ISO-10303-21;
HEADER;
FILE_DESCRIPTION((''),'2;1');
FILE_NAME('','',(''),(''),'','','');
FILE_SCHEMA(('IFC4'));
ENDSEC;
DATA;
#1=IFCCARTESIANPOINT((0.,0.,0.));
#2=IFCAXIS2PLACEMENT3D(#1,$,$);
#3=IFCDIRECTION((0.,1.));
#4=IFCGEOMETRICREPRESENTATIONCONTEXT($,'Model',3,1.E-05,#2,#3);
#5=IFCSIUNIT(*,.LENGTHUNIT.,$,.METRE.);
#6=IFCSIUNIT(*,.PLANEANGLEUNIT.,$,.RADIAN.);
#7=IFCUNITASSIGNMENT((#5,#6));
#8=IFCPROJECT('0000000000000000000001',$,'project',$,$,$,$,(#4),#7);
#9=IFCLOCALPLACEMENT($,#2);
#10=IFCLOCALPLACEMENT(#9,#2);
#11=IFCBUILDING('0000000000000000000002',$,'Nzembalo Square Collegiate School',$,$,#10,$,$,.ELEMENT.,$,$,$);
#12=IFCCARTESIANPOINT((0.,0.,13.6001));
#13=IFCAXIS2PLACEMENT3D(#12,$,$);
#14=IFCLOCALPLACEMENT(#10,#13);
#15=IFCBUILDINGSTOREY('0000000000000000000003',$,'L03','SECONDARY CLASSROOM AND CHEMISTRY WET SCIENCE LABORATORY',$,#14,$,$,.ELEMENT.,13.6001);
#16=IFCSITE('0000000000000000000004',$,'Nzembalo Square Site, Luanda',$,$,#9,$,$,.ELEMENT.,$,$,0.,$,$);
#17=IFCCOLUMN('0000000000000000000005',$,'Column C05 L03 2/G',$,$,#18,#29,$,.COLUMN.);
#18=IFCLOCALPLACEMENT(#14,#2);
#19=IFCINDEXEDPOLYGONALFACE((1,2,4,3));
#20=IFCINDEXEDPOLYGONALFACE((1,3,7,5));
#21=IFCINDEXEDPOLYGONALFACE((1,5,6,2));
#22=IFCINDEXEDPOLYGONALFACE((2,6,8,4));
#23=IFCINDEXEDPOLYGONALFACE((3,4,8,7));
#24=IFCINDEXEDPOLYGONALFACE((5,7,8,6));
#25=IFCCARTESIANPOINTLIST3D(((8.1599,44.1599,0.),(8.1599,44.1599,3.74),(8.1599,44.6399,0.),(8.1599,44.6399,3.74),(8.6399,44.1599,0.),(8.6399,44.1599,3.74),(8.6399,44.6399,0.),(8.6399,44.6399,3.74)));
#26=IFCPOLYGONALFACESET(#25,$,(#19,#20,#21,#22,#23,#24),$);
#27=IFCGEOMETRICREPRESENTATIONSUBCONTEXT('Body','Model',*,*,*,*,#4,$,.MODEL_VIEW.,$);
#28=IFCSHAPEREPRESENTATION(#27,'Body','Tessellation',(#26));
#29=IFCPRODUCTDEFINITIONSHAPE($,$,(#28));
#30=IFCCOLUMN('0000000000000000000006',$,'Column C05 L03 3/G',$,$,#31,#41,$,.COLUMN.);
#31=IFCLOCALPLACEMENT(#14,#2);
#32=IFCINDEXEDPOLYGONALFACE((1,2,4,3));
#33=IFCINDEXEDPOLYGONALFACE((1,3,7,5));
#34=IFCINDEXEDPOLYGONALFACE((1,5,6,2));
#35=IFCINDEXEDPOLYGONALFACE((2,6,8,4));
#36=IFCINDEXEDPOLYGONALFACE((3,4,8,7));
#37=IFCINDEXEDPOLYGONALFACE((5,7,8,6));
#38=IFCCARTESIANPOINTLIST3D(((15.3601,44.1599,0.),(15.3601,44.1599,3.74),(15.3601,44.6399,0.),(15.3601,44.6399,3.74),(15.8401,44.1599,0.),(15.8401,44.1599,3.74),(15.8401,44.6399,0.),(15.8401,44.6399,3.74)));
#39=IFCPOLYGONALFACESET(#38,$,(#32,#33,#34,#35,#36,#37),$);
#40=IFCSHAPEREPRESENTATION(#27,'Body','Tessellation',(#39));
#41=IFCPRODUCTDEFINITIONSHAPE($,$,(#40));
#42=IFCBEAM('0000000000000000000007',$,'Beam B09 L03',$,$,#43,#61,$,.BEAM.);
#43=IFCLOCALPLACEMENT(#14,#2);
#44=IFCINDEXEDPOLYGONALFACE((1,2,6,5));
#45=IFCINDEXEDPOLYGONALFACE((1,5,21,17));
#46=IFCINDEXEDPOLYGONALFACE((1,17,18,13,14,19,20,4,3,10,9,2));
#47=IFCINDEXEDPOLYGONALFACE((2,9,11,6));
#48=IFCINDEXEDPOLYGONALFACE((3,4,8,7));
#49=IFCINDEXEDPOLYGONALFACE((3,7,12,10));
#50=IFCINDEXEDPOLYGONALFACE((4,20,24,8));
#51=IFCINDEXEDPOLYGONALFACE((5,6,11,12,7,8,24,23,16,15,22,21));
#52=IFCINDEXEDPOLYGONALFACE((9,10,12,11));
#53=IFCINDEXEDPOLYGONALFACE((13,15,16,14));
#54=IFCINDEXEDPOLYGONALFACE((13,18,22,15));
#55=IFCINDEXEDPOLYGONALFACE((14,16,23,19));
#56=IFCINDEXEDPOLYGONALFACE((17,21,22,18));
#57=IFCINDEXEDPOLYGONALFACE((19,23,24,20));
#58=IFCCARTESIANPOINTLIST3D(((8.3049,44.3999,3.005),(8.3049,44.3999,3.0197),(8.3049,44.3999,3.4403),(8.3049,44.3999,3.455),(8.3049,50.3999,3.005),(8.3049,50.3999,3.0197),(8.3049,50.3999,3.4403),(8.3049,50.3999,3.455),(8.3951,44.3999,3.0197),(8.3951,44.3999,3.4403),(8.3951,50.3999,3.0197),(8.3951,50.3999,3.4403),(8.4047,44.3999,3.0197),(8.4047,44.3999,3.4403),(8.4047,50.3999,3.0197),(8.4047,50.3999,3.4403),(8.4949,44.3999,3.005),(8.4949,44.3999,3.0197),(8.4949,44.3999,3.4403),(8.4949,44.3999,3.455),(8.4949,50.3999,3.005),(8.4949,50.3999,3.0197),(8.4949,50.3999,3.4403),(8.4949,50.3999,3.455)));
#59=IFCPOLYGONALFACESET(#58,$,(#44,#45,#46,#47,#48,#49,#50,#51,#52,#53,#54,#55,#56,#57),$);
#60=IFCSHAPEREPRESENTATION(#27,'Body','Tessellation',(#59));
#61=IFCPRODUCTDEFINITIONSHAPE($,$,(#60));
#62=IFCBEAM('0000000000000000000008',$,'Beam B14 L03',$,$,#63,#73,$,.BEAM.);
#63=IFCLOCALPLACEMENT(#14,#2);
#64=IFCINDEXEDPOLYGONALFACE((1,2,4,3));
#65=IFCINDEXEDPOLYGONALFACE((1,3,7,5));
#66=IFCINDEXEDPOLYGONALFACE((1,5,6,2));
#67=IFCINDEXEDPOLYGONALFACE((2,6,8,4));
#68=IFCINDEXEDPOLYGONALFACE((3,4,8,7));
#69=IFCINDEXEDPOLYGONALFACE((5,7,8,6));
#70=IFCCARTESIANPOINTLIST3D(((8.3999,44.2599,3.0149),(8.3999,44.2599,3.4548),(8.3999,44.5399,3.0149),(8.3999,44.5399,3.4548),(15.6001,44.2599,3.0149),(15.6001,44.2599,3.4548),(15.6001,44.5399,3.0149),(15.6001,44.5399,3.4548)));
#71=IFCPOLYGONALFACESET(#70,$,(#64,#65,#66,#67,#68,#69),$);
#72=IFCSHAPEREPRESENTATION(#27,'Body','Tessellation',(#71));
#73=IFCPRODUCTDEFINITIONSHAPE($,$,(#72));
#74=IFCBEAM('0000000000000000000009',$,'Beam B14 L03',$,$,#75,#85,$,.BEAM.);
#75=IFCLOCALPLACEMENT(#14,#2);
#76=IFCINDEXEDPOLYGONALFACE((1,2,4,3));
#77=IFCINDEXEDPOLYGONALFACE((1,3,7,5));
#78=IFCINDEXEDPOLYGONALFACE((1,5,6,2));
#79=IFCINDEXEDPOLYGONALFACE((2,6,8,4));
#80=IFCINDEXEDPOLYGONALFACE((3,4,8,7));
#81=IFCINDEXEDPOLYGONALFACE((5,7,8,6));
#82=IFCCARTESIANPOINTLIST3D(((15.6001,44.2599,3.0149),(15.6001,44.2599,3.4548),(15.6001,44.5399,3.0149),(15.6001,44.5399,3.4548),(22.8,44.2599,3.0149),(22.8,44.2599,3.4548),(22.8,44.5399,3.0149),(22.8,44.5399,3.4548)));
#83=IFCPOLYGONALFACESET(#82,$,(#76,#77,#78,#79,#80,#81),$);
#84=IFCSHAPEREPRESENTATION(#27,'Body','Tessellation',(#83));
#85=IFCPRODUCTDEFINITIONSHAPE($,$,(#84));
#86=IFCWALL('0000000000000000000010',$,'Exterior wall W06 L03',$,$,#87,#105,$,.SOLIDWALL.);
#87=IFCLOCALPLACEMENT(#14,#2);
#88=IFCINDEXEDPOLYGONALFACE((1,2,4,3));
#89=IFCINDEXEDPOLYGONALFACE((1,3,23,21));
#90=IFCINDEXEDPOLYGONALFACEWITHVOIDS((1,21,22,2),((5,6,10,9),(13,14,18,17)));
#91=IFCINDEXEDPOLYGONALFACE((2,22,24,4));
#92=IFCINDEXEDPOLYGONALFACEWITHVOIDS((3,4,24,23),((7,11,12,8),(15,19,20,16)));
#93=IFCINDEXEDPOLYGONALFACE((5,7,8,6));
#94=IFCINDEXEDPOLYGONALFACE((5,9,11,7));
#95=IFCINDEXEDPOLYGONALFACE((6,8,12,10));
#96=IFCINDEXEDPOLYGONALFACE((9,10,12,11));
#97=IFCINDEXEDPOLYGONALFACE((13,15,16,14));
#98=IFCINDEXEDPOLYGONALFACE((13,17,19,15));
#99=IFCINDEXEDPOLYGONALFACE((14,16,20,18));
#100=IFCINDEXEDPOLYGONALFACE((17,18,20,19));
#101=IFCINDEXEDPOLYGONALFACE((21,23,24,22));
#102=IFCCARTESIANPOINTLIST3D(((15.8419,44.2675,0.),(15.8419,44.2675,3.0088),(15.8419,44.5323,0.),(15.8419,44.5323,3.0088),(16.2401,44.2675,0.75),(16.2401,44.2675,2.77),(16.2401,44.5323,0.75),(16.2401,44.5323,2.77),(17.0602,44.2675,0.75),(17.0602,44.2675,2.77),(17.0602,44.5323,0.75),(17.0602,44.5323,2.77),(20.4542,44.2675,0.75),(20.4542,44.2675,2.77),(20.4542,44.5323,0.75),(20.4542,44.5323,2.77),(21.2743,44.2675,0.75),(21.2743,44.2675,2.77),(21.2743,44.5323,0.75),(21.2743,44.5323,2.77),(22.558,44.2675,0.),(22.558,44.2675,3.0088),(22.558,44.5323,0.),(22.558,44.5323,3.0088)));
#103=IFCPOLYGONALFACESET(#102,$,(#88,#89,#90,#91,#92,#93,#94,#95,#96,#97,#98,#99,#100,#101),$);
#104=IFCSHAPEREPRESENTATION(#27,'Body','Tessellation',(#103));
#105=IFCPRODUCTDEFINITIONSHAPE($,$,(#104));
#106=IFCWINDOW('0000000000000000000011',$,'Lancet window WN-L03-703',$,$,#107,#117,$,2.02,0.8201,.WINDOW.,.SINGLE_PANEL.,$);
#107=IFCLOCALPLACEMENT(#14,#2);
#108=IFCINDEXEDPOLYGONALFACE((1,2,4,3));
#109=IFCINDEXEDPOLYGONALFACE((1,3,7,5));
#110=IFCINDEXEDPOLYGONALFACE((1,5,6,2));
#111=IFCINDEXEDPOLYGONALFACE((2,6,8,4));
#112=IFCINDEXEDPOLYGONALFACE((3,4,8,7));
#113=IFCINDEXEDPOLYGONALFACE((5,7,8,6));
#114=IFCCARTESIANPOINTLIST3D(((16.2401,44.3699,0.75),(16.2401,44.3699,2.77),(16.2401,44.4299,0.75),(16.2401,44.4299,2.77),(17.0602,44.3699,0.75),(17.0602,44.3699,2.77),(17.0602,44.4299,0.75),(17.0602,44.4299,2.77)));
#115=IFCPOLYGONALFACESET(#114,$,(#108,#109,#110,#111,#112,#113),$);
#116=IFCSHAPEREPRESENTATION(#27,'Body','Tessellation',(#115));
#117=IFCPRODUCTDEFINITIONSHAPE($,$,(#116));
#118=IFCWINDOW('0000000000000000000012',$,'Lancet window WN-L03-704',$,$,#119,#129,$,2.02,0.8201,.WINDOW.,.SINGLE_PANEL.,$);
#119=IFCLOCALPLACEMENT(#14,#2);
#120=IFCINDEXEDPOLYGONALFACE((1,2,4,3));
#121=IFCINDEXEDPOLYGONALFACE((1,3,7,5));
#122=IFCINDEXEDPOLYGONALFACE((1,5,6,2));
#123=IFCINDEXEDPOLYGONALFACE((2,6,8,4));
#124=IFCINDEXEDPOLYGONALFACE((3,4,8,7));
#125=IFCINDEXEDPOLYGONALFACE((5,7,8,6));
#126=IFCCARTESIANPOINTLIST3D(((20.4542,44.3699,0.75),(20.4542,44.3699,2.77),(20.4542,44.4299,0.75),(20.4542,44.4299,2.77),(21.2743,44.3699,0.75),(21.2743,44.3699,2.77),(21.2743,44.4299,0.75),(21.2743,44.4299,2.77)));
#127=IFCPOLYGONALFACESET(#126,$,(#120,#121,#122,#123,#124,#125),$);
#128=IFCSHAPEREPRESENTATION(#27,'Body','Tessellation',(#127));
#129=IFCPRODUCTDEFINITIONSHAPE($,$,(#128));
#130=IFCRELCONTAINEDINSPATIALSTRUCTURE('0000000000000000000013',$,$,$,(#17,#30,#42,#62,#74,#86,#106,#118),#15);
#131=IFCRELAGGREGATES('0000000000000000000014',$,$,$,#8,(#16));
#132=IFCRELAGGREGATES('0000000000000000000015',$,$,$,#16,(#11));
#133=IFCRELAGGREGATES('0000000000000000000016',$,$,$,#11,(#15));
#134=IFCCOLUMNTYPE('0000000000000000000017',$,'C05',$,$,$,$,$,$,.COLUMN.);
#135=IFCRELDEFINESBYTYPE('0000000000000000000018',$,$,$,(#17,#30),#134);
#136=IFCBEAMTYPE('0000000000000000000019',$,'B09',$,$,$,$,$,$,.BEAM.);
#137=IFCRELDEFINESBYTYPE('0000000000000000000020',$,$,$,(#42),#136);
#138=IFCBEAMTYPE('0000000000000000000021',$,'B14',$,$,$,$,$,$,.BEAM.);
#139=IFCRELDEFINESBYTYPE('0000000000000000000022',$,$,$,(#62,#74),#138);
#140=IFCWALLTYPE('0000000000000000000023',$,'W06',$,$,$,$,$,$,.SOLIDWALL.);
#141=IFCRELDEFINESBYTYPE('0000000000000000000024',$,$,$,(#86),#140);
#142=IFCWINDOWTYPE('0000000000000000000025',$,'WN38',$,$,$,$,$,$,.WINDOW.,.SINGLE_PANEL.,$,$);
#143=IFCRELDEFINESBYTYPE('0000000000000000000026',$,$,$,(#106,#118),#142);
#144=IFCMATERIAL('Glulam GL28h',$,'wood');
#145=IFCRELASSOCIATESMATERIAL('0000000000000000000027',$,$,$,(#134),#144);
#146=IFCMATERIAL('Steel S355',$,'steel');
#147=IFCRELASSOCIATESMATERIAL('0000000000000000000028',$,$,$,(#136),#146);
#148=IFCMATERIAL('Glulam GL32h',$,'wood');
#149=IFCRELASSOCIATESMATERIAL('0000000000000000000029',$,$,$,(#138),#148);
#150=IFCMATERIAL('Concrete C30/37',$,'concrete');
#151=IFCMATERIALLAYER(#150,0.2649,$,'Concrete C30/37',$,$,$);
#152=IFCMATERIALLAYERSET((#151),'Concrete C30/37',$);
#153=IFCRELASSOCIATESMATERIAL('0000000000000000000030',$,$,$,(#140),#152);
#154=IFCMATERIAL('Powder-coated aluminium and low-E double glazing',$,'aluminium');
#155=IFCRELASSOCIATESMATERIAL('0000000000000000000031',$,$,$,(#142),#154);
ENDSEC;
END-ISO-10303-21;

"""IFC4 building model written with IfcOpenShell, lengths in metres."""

from ifc_helpers import new_model, si_unit, direction, frame, frame_2d, origin, origin_2d, place, context, subcontext, project, spatial, rectangle, i_section, extrude, material, layer, layer_set, material_profile, profile_set, type_object, element, fill, save


model = new_model("IFC4")

# Units and contexts
model_context = context("Model", 3, precision=1e-05, world=origin(), true_north=direction((0.0, 1.0)))
body_context = subcontext(model_context, "Body", "Model", "MODEL_VIEW")
ifc_project = project(units=[si_unit("LENGTHUNIT", "METRE"), si_unit("PLANEANGLEUNIT", "RADIAN")], contexts=[model_context])

# Site, building, storey
site_placement = place(None, origin())
site = spatial("IfcSite", under=ifc_project, at=site_placement, Name="Nzembalo Square Site, Luanda", CompositionType="ELEMENT", RefElevation=0.0)
building_placement = place(site_placement, origin())
building = spatial("IfcBuilding", under=site, at=building_placement, Name="Nzembalo Square Collegiate School", CompositionType="ELEMENT")
storey_placement = place(building_placement, frame((0.0, 0.0, 13.6001)))
storey = spatial("IfcBuildingStorey", under=building, at=storey_placement, Name="L03", Description="SECONDARY CLASSROOM AND CHEMISTRY WET SCIENCE LABORATORY", CompositionType="ELEMENT", Elevation=13.6001)

# Columns
ifc_material_1 = material(Name="Glulam GL28h", Category="wood")
ifc_material_profile_1 = material_profile(ifc_material_1, rectangle(XDim=0.48, YDim=0.48, at=origin_2d()), Name="GL28h 480x480")
ifc_profile_set_1 = profile_set([ifc_material_profile_1], Name="Glulam GL28h")
column_type = type_object("IfcColumnType", Name="C05", PredefinedType="COLUMN", material=ifc_profile_set_1)
for number, where, z_axis, x_axis, name in (
    (1, (8.3999, 44.3999, 0.0), (0.0, 0.0, 1.0), (1.0, 0.0, 0.0), "Column C05 L03 2/G"),
    (2, (15.6001, 44.3999, 0.0), (0.0, 0.0, 1.0), (1.0, 0.0, 0.0), "Column C05 L03 3/G"),
):
    element("IfcColumn", number, at=place(storey_placement, frame(where, z_axis=z_axis, x_axis=x_axis)), inside=storey, type_object=column_type, Name=name, PredefinedType="COLUMN", context=body_context, shape_type="SweptSolid", body=[
        extrude(rectangle(XDim=0.48, YDim=0.48, at=origin_2d()), origin(), (0.0, 0.0, 1.0), 3.74),
    ])

# Beams
ifc_material_2 = material(Name="Steel S355", Category="steel")
ifc_material_profile_2 = material_profile(ifc_material_2, i_section(OverallWidth=0.1899, OverallDepth=0.45, WebThickness=0.0095, FlangeThickness=0.0146, at=origin_2d()), Name="IPE 450")
ifc_profile_set_2 = profile_set([ifc_material_profile_2], Name="Steel S355")
beam_type_1 = type_object("IfcBeamType", Name="B09", PredefinedType="BEAM", material=ifc_profile_set_2)
beam_1_placement = place(storey_placement, frame((8.3999, 44.3999, 3.23), z_axis=(0.0, 1.0, 0.0), x_axis=(-1.0, 0.0, 0.0)))
element("IfcBeam", 3, at=beam_1_placement, inside=storey, type_object=beam_type_1, Name="Beam B09 L03", PredefinedType="BEAM", context=body_context, shape_type="SweptSolid", body=[
    extrude(i_section(OverallWidth=0.1899, OverallDepth=0.45, WebThickness=0.0095, FlangeThickness=0.0146, at=origin_2d()), origin(), (0.0, 0.0, 1.0), 6.0),
])
ifc_material_3 = material(Name="Glulam GL32h", Category="wood")
ifc_material_profile_3 = material_profile(ifc_material_3, rectangle(XDim=0.28, YDim=0.4399, at=origin_2d()), Name="GL32h 280x440")
ifc_profile_set_3 = profile_set([ifc_material_profile_3], Name="Glulam GL32h")
beam_type_2 = type_object("IfcBeamType", Name="B14", PredefinedType="BEAM", material=ifc_profile_set_3)
beam_2_placement = place(storey_placement, frame((8.3999, 44.3999, 3.2349), z_axis=(1.0, 0.0, 0.0), x_axis=(0.0, 1.0, 0.0)))
element("IfcBeam", 4, at=beam_2_placement, inside=storey, type_object=beam_type_2, Name="Beam B14 L03", PredefinedType="BEAM", context=body_context, shape_type="SweptSolid", body=[
    extrude(rectangle(XDim=0.28, YDim=0.4399, at=origin_2d()), origin(), (0.0, 0.0, 1.0), 7.2002),
])
beam_3_placement = place(storey_placement, frame((15.6001, 44.3999, 3.2349), z_axis=(1.0, 0.0, 0.0), x_axis=(0.0, 1.0, 0.0)))
element("IfcBeam", 5, at=beam_3_placement, inside=storey, type_object=beam_type_2, Name="Beam B14 L03", PredefinedType="BEAM", context=body_context, shape_type="SweptSolid", body=[
    extrude(rectangle(XDim=0.28, YDim=0.4399, at=origin_2d()), origin(), (0.0, 0.0, 1.0), 7.2),
])

# Wall, openings, windows
ifc_material_4 = material(Name="Concrete C30/37", Category="concrete")
ifc_layer_1 = layer(ifc_material_4, 0.2649, Name="Concrete C30/37")
ifc_layer_set_1 = layer_set([ifc_layer_1], Name="Concrete C30/37")
wall_type_1 = type_object("IfcWallType", Name="W06", PredefinedType="SOLIDWALL", material=ifc_layer_set_1)
wall_1_placement = place(storey_placement, frame((15.842, 44.3999, 0.0), z_axis=(0.0, 0.0, 1.0), x_axis=(1.0, 0.0, 0.0)))
wall_1 = element("IfcWall", 6, at=wall_1_placement, inside=storey, type_object=wall_type_1, Name="Exterior wall W06 L03", PredefinedType="SOLIDWALL", context=body_context, shape_type="SweptSolid", body=[
    extrude(rectangle(XDim=6.7161, YDim=0.2649, at=frame_2d((3.3579, 0.0))), origin(), (0.0, 0.0, 1.0), 3.0088),
])
opening_1_placement = place(wall_1_placement, frame((0.3979, 0.0, 0.75)))
opening_1 = element("IfcOpeningElement", 7, at=opening_1_placement, cuts=wall_1, PredefinedType="OPENING", context=body_context, shape_type="SweptSolid", body=[
    extrude(rectangle(XDim=0.8201, YDim=2.02, at=frame_2d((0.4102, 1.01))), frame((0.0, 0.1426, 0.0), z_axis=(0.0, -1.0, 0.0), x_axis=(1.0, 0.0, 0.0)), (0.0, 0.0, 1.0), 0.2849),
])
opening_2_placement = place(wall_1_placement, frame((4.6121, 0.0, 0.75)))
opening_2 = element("IfcOpeningElement", 8, at=opening_2_placement, cuts=wall_1, PredefinedType="OPENING", context=body_context, shape_type="SweptSolid", body=[
    extrude(rectangle(XDim=0.8201, YDim=2.02, at=frame_2d((0.4102, 1.01))), frame((0.0, 0.1426, 0.0), z_axis=(0.0, -1.0, 0.0), x_axis=(1.0, 0.0, 0.0)), (0.0, 0.0, 1.0), 0.2849),
])
ifc_material_5 = material(Name="Powder-coated aluminium and low-E double glazing", Category="aluminium")
window_type_1 = type_object("IfcWindowType", Name="WN38", PartitioningType="SINGLE_PANEL", PredefinedType="WINDOW", material=ifc_material_5)
window_1_placement = place(opening_1_placement, origin())
window_1 = element("IfcWindow", 9, at=window_1_placement, inside=storey, type_object=window_type_1, Name="Lancet window WN-L03-703", OverallHeight=2.02, OverallWidth=0.8201, PartitioningType="SINGLE_PANEL", PredefinedType="WINDOW", context=body_context, shape_type="SweptSolid", body=[
    extrude(rectangle(XDim=0.8201, YDim=2.02, at=frame_2d((0.4102, 1.01))), frame((0.0, 0.03, 0.0), z_axis=(0.0, -1.0, 0.0), x_axis=(1.0, 0.0, 0.0)), (0.0, 0.0, 1.0), 0.0601),
])
fill(opening_1, window_1)
window_2_placement = place(opening_2_placement, origin())
window_2 = element("IfcWindow", 10, at=window_2_placement, inside=storey, type_object=window_type_1, Name="Lancet window WN-L03-704", OverallHeight=2.02, OverallWidth=0.8201, PartitioningType="SINGLE_PANEL", PredefinedType="WINDOW", context=body_context, shape_type="SweptSolid", body=[
    extrude(rectangle(XDim=0.8201, YDim=2.02, at=frame_2d((0.4102, 1.01))), frame((0.0, 0.03, 0.0), z_axis=(0.0, -1.0, 0.0), x_axis=(1.0, 0.0, 0.0)), (0.0, 0.0, 1.0), 0.0601),
])
fill(opening_2, window_2)

save(model, "model.ifc")
